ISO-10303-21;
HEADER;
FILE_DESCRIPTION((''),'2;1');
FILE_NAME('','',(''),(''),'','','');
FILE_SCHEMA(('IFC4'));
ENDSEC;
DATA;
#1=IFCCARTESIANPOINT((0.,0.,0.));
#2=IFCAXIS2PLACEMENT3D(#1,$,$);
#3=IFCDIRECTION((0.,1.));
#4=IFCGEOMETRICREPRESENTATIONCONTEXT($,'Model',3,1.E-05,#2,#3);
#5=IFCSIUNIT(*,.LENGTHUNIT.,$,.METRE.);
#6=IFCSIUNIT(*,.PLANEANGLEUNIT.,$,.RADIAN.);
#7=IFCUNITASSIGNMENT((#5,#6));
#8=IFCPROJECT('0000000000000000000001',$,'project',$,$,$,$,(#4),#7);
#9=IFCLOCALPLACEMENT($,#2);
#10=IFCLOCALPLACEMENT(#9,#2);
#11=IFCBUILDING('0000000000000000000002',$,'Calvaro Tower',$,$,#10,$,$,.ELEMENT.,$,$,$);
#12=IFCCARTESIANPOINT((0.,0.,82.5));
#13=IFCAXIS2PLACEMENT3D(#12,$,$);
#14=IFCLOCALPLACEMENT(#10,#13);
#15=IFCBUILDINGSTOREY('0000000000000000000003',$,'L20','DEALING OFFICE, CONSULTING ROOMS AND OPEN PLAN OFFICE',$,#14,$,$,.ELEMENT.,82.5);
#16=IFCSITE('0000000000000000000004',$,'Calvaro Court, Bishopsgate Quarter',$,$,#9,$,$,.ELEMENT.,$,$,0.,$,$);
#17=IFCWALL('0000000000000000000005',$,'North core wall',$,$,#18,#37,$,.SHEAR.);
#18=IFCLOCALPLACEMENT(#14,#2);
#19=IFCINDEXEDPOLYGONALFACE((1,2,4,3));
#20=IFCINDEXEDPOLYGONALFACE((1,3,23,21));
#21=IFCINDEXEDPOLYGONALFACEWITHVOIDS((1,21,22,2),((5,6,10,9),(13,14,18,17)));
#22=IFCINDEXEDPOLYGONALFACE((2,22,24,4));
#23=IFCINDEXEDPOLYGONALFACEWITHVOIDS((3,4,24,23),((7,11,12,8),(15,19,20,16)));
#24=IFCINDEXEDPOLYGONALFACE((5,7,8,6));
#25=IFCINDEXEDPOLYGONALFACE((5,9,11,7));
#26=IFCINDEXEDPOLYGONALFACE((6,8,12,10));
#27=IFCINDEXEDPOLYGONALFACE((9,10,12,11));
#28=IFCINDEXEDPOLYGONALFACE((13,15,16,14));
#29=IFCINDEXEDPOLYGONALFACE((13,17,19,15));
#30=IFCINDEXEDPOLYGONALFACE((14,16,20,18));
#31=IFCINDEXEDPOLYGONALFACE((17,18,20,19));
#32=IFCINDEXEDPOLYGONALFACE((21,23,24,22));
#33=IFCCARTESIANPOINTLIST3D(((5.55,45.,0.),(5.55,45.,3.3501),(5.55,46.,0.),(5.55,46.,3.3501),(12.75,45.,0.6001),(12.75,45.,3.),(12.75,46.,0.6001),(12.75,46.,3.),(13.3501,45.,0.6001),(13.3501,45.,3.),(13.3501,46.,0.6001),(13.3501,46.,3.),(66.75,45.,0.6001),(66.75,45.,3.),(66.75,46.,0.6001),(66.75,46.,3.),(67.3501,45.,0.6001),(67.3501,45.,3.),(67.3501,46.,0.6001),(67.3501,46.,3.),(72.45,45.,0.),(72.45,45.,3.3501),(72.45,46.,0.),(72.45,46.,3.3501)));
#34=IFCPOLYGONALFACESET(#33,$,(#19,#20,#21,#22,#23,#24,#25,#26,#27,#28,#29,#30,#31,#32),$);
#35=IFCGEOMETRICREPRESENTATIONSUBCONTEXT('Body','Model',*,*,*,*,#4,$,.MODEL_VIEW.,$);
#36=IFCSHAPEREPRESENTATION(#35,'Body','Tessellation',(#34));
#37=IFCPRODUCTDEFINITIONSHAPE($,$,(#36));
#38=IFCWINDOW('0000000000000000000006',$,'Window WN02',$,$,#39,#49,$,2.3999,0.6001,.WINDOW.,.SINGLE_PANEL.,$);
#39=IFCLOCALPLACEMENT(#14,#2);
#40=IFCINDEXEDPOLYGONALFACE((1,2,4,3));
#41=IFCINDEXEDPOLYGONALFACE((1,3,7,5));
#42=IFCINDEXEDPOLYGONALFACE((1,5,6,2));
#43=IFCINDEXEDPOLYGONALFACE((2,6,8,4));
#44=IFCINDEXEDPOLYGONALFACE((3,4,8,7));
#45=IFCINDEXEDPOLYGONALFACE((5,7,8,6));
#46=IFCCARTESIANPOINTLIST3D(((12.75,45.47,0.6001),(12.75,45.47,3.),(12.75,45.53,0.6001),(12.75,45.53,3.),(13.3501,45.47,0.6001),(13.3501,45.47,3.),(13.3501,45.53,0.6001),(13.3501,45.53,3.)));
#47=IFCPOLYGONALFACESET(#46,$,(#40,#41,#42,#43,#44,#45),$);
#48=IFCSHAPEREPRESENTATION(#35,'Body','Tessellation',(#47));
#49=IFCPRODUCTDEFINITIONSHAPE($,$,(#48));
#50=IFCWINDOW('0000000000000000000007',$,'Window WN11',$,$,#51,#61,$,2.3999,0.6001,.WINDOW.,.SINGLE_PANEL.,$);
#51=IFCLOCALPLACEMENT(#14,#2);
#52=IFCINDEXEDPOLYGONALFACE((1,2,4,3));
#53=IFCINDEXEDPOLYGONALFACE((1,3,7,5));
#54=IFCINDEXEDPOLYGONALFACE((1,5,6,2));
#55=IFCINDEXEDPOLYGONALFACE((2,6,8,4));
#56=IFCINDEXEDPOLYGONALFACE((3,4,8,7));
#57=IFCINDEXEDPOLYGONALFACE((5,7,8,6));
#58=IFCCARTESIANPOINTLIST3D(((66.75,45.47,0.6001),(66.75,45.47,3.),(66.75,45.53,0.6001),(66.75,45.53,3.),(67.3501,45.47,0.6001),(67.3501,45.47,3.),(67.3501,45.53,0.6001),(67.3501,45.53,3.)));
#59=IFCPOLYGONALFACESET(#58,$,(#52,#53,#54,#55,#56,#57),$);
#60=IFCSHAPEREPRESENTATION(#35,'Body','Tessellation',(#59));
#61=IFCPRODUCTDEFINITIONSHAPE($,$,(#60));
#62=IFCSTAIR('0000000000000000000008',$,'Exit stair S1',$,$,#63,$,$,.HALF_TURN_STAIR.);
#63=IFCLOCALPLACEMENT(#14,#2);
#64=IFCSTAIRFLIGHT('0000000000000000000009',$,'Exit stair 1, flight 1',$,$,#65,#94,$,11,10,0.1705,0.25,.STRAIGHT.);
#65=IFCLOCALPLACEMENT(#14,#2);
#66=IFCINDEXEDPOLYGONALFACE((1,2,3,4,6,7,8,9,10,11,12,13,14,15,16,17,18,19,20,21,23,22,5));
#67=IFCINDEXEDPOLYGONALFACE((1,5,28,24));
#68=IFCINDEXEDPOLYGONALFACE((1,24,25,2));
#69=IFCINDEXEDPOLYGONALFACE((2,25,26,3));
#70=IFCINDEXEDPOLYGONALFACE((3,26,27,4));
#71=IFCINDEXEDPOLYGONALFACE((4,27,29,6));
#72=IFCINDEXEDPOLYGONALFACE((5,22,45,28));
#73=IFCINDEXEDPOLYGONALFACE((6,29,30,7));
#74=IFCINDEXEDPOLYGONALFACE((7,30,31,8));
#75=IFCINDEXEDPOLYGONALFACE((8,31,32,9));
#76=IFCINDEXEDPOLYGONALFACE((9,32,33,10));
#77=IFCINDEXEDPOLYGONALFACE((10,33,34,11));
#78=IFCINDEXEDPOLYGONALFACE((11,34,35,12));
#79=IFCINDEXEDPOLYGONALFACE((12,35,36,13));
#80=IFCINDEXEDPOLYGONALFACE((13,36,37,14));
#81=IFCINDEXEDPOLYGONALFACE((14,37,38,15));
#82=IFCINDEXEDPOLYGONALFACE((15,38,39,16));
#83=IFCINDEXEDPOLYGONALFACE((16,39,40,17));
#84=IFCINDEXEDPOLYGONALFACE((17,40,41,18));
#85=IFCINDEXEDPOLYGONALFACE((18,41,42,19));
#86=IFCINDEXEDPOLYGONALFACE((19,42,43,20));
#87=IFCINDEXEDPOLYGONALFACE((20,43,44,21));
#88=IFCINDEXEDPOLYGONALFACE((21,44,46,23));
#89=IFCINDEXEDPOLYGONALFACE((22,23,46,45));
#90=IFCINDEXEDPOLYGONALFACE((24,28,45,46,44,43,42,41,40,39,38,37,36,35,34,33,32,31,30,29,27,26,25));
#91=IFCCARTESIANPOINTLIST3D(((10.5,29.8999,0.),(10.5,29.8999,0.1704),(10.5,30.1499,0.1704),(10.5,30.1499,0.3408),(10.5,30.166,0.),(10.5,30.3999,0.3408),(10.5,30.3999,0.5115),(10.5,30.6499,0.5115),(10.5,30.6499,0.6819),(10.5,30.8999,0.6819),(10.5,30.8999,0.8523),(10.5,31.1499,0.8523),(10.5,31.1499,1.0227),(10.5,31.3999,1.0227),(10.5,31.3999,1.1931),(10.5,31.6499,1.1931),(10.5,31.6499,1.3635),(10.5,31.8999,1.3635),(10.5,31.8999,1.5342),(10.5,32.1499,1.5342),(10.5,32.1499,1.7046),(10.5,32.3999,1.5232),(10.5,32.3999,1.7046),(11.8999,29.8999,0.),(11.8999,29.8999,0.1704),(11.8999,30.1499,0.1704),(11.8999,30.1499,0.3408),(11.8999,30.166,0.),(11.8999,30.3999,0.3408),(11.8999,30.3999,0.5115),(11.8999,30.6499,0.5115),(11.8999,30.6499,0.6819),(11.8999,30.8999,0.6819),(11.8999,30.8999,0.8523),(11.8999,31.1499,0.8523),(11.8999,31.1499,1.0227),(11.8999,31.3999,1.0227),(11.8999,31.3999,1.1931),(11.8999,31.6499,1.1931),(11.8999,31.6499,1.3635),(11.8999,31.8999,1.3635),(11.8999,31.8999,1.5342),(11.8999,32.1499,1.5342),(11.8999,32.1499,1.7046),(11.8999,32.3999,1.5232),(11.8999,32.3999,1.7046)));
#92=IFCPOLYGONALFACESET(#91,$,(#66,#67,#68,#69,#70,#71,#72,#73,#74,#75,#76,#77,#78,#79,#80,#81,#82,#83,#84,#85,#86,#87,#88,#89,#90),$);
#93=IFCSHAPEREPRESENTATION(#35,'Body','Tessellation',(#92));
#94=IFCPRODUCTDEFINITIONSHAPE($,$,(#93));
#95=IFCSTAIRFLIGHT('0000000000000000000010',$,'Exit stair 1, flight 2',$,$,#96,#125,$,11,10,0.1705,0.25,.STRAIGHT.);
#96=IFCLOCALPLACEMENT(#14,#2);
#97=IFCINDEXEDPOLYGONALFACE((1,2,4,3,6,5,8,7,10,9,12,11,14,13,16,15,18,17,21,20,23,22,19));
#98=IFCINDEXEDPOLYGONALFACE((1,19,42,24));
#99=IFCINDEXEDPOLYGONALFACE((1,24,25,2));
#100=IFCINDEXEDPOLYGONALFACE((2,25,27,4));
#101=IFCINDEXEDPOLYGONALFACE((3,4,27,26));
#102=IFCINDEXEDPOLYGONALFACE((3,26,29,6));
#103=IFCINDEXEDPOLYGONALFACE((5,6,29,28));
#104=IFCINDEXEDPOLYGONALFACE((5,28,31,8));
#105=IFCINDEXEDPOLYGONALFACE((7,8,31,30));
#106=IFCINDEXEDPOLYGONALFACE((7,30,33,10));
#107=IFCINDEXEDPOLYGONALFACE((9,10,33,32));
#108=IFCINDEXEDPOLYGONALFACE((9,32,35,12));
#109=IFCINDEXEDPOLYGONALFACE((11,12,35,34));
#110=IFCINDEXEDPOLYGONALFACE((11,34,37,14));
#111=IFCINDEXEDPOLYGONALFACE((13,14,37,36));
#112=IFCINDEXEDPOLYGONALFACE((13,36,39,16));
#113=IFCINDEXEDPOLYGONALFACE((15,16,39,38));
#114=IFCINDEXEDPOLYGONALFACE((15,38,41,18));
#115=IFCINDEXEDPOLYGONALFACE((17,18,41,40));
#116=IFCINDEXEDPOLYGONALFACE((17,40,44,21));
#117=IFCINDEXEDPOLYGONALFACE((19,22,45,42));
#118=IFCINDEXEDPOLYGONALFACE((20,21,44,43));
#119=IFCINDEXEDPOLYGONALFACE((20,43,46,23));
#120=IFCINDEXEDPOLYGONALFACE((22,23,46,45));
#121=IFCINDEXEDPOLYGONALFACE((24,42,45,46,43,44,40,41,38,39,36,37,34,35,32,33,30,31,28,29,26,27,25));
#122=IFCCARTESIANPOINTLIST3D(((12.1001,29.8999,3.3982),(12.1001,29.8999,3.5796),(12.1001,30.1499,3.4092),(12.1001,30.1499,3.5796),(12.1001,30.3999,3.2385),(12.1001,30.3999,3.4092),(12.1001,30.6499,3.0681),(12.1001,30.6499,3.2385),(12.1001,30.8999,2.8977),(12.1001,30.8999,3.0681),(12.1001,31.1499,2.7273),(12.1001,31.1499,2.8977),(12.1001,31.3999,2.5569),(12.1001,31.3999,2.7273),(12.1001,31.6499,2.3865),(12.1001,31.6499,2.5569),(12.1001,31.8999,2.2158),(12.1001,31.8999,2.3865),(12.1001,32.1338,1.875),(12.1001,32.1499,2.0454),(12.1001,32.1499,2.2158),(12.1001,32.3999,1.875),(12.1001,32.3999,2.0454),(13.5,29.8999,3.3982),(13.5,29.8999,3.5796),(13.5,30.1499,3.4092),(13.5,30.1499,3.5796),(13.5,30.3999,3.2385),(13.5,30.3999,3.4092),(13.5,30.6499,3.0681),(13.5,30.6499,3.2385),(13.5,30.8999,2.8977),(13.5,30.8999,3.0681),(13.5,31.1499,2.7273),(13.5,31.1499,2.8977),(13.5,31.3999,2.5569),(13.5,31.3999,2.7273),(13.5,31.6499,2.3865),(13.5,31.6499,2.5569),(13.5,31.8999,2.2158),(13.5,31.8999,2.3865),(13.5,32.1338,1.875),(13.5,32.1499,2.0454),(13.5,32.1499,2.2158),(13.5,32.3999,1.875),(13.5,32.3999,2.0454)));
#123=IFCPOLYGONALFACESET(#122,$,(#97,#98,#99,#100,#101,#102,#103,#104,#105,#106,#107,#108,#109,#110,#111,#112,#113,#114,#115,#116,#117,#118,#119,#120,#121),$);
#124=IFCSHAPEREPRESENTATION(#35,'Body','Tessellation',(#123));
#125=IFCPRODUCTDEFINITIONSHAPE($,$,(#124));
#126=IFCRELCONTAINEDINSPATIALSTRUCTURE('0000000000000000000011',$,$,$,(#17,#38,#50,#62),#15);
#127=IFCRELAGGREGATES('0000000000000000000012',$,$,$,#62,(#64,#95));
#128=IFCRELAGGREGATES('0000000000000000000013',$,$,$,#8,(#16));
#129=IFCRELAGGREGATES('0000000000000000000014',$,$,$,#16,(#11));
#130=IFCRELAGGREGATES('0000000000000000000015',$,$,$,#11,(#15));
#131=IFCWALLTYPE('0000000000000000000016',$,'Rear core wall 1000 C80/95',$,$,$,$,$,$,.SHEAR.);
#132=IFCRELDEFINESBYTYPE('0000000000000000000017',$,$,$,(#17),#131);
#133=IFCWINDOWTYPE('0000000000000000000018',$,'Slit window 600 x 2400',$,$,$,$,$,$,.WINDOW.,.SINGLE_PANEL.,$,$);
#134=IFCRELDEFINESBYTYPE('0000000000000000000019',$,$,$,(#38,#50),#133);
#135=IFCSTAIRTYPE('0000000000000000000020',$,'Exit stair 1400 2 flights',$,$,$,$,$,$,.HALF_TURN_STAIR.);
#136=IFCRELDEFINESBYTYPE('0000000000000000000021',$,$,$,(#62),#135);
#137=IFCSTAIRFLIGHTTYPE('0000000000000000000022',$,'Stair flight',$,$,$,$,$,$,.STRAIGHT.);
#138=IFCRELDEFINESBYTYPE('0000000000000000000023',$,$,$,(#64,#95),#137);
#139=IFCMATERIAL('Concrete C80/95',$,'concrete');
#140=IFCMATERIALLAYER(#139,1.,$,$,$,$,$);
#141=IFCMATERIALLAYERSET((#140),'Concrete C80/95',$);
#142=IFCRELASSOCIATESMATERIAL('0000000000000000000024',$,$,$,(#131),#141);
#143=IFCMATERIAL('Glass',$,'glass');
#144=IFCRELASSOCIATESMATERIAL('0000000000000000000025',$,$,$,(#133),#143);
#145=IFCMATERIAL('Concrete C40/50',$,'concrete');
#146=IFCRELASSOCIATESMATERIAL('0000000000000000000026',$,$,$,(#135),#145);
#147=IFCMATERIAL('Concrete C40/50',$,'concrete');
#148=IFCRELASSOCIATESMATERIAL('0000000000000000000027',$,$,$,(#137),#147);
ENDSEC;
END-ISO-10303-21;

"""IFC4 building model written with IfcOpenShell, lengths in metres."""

from ifc_helpers import new_model, si_unit, direction, frame, frame_2d, origin, place, context, subcontext, project, spatial, polyline, rectangle, outline, extrude, material, layer, layer_set, type_object, element, fill, aggregate, save


model = new_model("IFC4")

# Units and contexts
model_context = context("Model", 3, precision=1e-05, world=origin(), true_north=direction((0.0, 1.0)))
body_context = subcontext(model_context, "Body", "Model", "MODEL_VIEW")
ifc_project = project(units=[si_unit("LENGTHUNIT", "METRE"), si_unit("PLANEANGLEUNIT", "RADIAN")], contexts=[model_context])

# Site, building, storey
site_placement = place(None, origin())
site = spatial("IfcSite", under=ifc_project, at=site_placement, Name="Calvaro Court, Bishopsgate Quarter", CompositionType="ELEMENT", RefElevation=0.0)
building_placement = place(site_placement, origin())
building = spatial("IfcBuilding", under=site, at=building_placement, Name="Calvaro Tower", CompositionType="ELEMENT")
storey_placement = place(building_placement, frame((0.0, 0.0, 82.5)))
storey = spatial("IfcBuildingStorey", under=building, at=storey_placement, Name="L20", Description="DEALING OFFICE, CONSULTING ROOMS AND OPEN PLAN OFFICE", CompositionType="ELEMENT", Elevation=82.5)

# Wall, openings, windows
ifc_material_1 = material(Name="Concrete C80/95", Category="concrete")
ifc_layer_1 = layer(ifc_material_1, 1.0)
ifc_layer_set_1 = layer_set([ifc_layer_1], Name="Concrete C80/95")
wall_type_1 = type_object("IfcWallType", Name="Rear core wall 1000 C80/95", PredefinedType="SHEAR", material=ifc_layer_set_1)
wall_1_placement = place(storey_placement, frame((5.55, 45.5, 0.0), z_axis=(0.0, 0.0, 1.0), x_axis=(1.0, 0.0, 0.0)))
wall_1 = element("IfcWall", 1, at=wall_1_placement, inside=storey, type_object=wall_type_1, Name="North core wall", PredefinedType="SHEAR", context=body_context, shape_type="SweptSolid", body=[
    extrude(rectangle(XDim=66.8999, YDim=1.0, at=frame_2d((33.45, 0.0))), origin(), (0.0, 0.0, 1.0), 3.3501),
])
opening_1_placement = place(wall_1_placement, frame((7.2, 0.0, 0.6001)))
opening_1 = element("IfcOpeningElement", 2, at=opening_1_placement, cuts=wall_1, PredefinedType="OPENING", context=body_context, shape_type="SweptSolid", body=[
    extrude(rectangle(XDim=0.6001, YDim=2.3999, at=frame_2d((0.3, 1.2))), frame((0.0, 0.51, 0.0), z_axis=(0.0, -1.0, 0.0), x_axis=(1.0, 0.0, 0.0)), (0.0, 0.0, 1.0), 1.02),
])
opening_2_placement = place(wall_1_placement, frame((61.2, 0.0, 0.6001)))
opening_2 = element("IfcOpeningElement", 3, at=opening_2_placement, cuts=wall_1, PredefinedType="OPENING", context=body_context, shape_type="SweptSolid", body=[
    extrude(rectangle(XDim=0.6001, YDim=2.3999, at=frame_2d((0.3, 1.2))), frame((0.0, 0.51, 0.0), z_axis=(0.0, -1.0, 0.0), x_axis=(1.0, 0.0, 0.0)), (0.0, 0.0, 1.0), 1.02),
])
ifc_material_2 = material(Name="Glass", Category="glass")
window_type = type_object("IfcWindowType", Name="Slit window 600 x 2400", PartitioningType="SINGLE_PANEL", PredefinedType="WINDOW", material=ifc_material_2)
window_1_placement = place(opening_1_placement, origin())
window_1 = element("IfcWindow", 4, at=window_1_placement, inside=storey, type_object=window_type, Name="Window WN02", OverallHeight=2.3999, OverallWidth=0.6001, PartitioningType="SINGLE_PANEL", PredefinedType="WINDOW", context=body_context, shape_type="SweptSolid", body=[
    extrude(rectangle(XDim=0.6001, YDim=2.3999, at=frame_2d((0.3, 1.2))), frame((0.0, 0.03, 0.0), z_axis=(0.0, -1.0, 0.0), x_axis=(1.0, 0.0, 0.0)), (0.0, 0.0, 1.0), 0.0601),
])
fill(opening_1, window_1)
window_2_placement = place(opening_2_placement, origin())
window_2 = element("IfcWindow", 5, at=window_2_placement, inside=storey, type_object=window_type, Name="Window WN11", OverallHeight=2.3999, OverallWidth=0.6001, PartitioningType="SINGLE_PANEL", PredefinedType="WINDOW", context=body_context, shape_type="SweptSolid", body=[
    extrude(rectangle(XDim=0.6001, YDim=2.3999, at=frame_2d((0.3, 1.2))), frame((0.0, 0.03, 0.0), z_axis=(0.0, -1.0, 0.0), x_axis=(1.0, 0.0, 0.0)), (0.0, 0.0, 1.0), 0.0601),
])
fill(opening_2, window_2)

# Stair, stair flights
ifc_material_3 = material(Name="Concrete C40/50", Category="concrete")
stair_type = type_object("IfcStairType", Name="Exit stair 1400 2 flights", PredefinedType="HALF_TURN_STAIR", material=ifc_material_3)
stair_placement = place(storey_placement, origin())
stair = element("IfcStair", 6, at=stair_placement, inside=storey, type_object=stair_type, Name="Exit stair S1", PredefinedType="HALF_TURN_STAIR")
ifc_material_4 = material(Name="Concrete C40/50", Category="concrete")
stair_flight_type = type_object("IfcStairFlightType", Name="Stair flight", PredefinedType="STRAIGHT", material=ifc_material_4)
stair_flight_1_placement = place(storey_placement, frame((11.2, 29.8999, 0.0), z_axis=(0.0, 0.0, 1.0), x_axis=(0.0, 1.0, 0.0)))
stair_flight_1 = element("IfcStairFlight", 7, at=stair_flight_1_placement, type_object=stair_flight_type, Name="Exit stair 1, flight 1", NumberOfRisers=11, NumberOfTreads=10, PredefinedType="STRAIGHT", RiserHeight=0.1705, TreadLength=0.25, context=body_context, shape_type="SweptSolid", body=[
    extrude(outline(polyline([(0.0, 0.0), (0.0, 0.1704), (0.25, 0.1704), (0.25, 0.3408), (0.5, 0.3408), (0.5, 0.5115), (0.75, 0.5115), (0.75, 0.6819), (1.0, 0.6819), (1.0, 0.8523), (1.25, 0.8523), (1.25, 1.0227), (1.5, 1.0227), (1.5, 1.1931), (1.75, 1.1931), (1.75, 1.3635), (2.0, 1.3635), (2.0, 1.5342), (2.25, 1.5342), (2.25, 1.7046), (2.5, 1.7046), (2.5, 1.875), (2.5, 1.5232), (0.2661, 0.0), (0.0, 0.0)])), frame((0.0, 0.7, 0.0), z_axis=(0.0, -1.0, 0.0), x_axis=(1.0, 0.0, 0.0)), (0.0, 0.0, 1.0), 1.3999),
])
stair_flight_2_placement = place(storey_placement, frame((12.8, 32.3999, 1.875), z_axis=(0.0, 0.0, 1.0), x_axis=(0.0, -1.0, 0.0)))
stair_flight_2 = element("IfcStairFlight", 8, at=stair_flight_2_placement, type_object=stair_flight_type, Name="Exit stair 1, flight 2", NumberOfRisers=11, NumberOfTreads=10, PredefinedType="STRAIGHT", RiserHeight=0.1705, TreadLength=0.25, context=body_context, shape_type="SweptSolid", body=[
    extrude(outline(polyline([(0.0, 0.0), (0.0, 0.1704), (0.25, 0.1704), (0.25, 0.3408), (0.5, 0.3408), (0.5, 0.5115), (0.75, 0.5115), (0.75, 0.6819), (1.0, 0.6819), (1.0, 0.8523), (1.25, 0.8523), (1.25, 1.0227), (1.5, 1.0227), (1.5, 1.1931), (1.75, 1.1931), (1.75, 1.3635), (2.0, 1.3635), (2.0, 1.5342), (2.25, 1.5342), (2.25, 1.7046), (2.5, 1.7046), (2.5, 1.875), (2.5, 1.5232), (0.2661, 0.0), (0.0, 0.0)])), frame((0.0, 0.7, 0.0), z_axis=(0.0, -1.0, 0.0), x_axis=(1.0, 0.0, 0.0)), (0.0, 0.0, 1.0), 1.3999),
])
aggregate(stair, [stair_flight_1, stair_flight_2])

save(model, "model.ifc")
